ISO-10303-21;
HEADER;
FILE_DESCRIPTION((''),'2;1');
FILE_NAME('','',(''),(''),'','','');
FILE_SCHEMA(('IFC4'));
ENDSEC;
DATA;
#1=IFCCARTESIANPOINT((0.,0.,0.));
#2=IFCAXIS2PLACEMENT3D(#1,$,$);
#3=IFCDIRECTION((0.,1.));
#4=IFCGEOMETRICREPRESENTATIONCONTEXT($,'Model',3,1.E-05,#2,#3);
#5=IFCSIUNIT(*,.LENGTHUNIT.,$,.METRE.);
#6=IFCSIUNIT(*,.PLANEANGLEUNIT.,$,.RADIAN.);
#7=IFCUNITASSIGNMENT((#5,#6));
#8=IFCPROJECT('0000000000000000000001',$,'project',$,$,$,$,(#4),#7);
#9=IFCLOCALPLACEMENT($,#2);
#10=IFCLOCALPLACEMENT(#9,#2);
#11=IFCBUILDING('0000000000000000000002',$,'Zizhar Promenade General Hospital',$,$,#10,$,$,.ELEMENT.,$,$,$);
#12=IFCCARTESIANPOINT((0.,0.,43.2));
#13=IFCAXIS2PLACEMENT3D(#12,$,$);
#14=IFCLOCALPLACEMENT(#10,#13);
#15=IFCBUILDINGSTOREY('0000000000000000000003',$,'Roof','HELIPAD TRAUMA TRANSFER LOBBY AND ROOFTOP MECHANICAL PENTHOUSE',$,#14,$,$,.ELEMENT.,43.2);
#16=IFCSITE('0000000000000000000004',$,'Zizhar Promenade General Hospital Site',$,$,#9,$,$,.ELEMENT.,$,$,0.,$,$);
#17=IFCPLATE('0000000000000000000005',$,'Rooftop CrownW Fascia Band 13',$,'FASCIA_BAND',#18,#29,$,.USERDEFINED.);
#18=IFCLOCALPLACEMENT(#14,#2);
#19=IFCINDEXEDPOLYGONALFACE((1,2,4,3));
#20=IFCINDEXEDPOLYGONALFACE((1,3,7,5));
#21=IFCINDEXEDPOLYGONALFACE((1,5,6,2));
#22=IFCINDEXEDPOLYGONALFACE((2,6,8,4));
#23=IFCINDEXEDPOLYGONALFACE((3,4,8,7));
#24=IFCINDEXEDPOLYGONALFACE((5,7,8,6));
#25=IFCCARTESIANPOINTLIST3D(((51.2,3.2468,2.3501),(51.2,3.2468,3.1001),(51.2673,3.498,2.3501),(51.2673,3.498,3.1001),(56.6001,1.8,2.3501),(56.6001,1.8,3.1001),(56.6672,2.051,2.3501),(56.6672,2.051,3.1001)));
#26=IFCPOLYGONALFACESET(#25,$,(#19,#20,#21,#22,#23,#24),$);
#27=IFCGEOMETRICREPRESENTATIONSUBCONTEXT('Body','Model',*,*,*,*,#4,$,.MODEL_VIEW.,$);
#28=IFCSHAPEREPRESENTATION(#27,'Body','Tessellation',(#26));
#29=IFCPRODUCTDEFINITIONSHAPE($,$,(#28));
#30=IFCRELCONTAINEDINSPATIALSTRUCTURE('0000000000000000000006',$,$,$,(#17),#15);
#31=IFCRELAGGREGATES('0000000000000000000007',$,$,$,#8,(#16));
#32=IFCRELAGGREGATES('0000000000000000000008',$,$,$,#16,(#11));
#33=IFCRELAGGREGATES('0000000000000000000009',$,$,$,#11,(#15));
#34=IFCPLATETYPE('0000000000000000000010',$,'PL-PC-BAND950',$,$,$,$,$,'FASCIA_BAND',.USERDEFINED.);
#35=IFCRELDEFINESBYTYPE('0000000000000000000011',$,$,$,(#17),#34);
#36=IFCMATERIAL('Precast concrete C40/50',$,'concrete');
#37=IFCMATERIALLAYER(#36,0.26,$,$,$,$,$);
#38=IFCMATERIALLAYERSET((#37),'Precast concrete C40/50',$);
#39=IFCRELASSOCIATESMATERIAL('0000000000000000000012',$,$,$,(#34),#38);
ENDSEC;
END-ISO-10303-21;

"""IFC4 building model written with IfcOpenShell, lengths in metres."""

from ifc_helpers import new_model, si_unit, direction, frame, origin, place, context, subcontext, project, spatial, polyline, outline, extrude, material, layer, layer_set, type_object, element, save


model = new_model("IFC4")

# Units and contexts
model_context = context("Model", 3, precision=1e-05, world=origin(), true_north=direction((0.0, 1.0)))
body_context = subcontext(model_context, "Body", "Model", "MODEL_VIEW")
ifc_project = project(units=[si_unit("LENGTHUNIT", "METRE"), si_unit("PLANEANGLEUNIT", "RADIAN")], contexts=[model_context])

# Site, building, storey
site_placement = place(None, origin())
site = spatial("IfcSite", under=ifc_project, at=site_placement, Name="Zizhar Promenade General Hospital Site", CompositionType="ELEMENT", RefElevation=0.0)
building_placement = place(site_placement, origin())
building = spatial("IfcBuilding", under=site, at=building_placement, Name="Zizhar Promenade General Hospital", CompositionType="ELEMENT")
storey_placement = place(building_placement, frame((0.0, 0.0, 43.2)))
storey = spatial("IfcBuildingStorey", under=building, at=storey_placement, Name="Roof", Description="HELIPAD TRAUMA TRANSFER LOBBY AND ROOFTOP MECHANICAL PENTHOUSE", CompositionType="ELEMENT", Elevation=43.2)

# Plate
ifc_material = material(Name="Precast concrete C40/50", Category="concrete")
ifc_layer = layer(ifc_material, 0.26)
ifc_layer_set = layer_set([ifc_layer], Name="Precast concrete C40/50")
plate_type = type_object("IfcPlateType", Name="PL-PC-BAND950", ElementType="FASCIA_BAND", PredefinedType="USERDEFINED", material=ifc_layer_set)
plate_1_placement = place(storey_placement, frame((0.0, 0.0, 2.3501)))
element("IfcPlate", 1, at=plate_1_placement, inside=storey, type_object=plate_type, Name="Rooftop CrownW Fascia Band 13", ObjectType="FASCIA_BAND", PredefinedType="USERDEFINED", context=body_context, shape_type="SweptSolid", body=[
    extrude(outline(polyline([(51.2, 3.2468), (56.6001, 1.8), (56.6672, 2.051), (51.2673, 3.498), (51.2, 3.2468)])), origin(), (0.0, 0.0, 1.0), 0.75),
])

save(model, "model.ifc")
